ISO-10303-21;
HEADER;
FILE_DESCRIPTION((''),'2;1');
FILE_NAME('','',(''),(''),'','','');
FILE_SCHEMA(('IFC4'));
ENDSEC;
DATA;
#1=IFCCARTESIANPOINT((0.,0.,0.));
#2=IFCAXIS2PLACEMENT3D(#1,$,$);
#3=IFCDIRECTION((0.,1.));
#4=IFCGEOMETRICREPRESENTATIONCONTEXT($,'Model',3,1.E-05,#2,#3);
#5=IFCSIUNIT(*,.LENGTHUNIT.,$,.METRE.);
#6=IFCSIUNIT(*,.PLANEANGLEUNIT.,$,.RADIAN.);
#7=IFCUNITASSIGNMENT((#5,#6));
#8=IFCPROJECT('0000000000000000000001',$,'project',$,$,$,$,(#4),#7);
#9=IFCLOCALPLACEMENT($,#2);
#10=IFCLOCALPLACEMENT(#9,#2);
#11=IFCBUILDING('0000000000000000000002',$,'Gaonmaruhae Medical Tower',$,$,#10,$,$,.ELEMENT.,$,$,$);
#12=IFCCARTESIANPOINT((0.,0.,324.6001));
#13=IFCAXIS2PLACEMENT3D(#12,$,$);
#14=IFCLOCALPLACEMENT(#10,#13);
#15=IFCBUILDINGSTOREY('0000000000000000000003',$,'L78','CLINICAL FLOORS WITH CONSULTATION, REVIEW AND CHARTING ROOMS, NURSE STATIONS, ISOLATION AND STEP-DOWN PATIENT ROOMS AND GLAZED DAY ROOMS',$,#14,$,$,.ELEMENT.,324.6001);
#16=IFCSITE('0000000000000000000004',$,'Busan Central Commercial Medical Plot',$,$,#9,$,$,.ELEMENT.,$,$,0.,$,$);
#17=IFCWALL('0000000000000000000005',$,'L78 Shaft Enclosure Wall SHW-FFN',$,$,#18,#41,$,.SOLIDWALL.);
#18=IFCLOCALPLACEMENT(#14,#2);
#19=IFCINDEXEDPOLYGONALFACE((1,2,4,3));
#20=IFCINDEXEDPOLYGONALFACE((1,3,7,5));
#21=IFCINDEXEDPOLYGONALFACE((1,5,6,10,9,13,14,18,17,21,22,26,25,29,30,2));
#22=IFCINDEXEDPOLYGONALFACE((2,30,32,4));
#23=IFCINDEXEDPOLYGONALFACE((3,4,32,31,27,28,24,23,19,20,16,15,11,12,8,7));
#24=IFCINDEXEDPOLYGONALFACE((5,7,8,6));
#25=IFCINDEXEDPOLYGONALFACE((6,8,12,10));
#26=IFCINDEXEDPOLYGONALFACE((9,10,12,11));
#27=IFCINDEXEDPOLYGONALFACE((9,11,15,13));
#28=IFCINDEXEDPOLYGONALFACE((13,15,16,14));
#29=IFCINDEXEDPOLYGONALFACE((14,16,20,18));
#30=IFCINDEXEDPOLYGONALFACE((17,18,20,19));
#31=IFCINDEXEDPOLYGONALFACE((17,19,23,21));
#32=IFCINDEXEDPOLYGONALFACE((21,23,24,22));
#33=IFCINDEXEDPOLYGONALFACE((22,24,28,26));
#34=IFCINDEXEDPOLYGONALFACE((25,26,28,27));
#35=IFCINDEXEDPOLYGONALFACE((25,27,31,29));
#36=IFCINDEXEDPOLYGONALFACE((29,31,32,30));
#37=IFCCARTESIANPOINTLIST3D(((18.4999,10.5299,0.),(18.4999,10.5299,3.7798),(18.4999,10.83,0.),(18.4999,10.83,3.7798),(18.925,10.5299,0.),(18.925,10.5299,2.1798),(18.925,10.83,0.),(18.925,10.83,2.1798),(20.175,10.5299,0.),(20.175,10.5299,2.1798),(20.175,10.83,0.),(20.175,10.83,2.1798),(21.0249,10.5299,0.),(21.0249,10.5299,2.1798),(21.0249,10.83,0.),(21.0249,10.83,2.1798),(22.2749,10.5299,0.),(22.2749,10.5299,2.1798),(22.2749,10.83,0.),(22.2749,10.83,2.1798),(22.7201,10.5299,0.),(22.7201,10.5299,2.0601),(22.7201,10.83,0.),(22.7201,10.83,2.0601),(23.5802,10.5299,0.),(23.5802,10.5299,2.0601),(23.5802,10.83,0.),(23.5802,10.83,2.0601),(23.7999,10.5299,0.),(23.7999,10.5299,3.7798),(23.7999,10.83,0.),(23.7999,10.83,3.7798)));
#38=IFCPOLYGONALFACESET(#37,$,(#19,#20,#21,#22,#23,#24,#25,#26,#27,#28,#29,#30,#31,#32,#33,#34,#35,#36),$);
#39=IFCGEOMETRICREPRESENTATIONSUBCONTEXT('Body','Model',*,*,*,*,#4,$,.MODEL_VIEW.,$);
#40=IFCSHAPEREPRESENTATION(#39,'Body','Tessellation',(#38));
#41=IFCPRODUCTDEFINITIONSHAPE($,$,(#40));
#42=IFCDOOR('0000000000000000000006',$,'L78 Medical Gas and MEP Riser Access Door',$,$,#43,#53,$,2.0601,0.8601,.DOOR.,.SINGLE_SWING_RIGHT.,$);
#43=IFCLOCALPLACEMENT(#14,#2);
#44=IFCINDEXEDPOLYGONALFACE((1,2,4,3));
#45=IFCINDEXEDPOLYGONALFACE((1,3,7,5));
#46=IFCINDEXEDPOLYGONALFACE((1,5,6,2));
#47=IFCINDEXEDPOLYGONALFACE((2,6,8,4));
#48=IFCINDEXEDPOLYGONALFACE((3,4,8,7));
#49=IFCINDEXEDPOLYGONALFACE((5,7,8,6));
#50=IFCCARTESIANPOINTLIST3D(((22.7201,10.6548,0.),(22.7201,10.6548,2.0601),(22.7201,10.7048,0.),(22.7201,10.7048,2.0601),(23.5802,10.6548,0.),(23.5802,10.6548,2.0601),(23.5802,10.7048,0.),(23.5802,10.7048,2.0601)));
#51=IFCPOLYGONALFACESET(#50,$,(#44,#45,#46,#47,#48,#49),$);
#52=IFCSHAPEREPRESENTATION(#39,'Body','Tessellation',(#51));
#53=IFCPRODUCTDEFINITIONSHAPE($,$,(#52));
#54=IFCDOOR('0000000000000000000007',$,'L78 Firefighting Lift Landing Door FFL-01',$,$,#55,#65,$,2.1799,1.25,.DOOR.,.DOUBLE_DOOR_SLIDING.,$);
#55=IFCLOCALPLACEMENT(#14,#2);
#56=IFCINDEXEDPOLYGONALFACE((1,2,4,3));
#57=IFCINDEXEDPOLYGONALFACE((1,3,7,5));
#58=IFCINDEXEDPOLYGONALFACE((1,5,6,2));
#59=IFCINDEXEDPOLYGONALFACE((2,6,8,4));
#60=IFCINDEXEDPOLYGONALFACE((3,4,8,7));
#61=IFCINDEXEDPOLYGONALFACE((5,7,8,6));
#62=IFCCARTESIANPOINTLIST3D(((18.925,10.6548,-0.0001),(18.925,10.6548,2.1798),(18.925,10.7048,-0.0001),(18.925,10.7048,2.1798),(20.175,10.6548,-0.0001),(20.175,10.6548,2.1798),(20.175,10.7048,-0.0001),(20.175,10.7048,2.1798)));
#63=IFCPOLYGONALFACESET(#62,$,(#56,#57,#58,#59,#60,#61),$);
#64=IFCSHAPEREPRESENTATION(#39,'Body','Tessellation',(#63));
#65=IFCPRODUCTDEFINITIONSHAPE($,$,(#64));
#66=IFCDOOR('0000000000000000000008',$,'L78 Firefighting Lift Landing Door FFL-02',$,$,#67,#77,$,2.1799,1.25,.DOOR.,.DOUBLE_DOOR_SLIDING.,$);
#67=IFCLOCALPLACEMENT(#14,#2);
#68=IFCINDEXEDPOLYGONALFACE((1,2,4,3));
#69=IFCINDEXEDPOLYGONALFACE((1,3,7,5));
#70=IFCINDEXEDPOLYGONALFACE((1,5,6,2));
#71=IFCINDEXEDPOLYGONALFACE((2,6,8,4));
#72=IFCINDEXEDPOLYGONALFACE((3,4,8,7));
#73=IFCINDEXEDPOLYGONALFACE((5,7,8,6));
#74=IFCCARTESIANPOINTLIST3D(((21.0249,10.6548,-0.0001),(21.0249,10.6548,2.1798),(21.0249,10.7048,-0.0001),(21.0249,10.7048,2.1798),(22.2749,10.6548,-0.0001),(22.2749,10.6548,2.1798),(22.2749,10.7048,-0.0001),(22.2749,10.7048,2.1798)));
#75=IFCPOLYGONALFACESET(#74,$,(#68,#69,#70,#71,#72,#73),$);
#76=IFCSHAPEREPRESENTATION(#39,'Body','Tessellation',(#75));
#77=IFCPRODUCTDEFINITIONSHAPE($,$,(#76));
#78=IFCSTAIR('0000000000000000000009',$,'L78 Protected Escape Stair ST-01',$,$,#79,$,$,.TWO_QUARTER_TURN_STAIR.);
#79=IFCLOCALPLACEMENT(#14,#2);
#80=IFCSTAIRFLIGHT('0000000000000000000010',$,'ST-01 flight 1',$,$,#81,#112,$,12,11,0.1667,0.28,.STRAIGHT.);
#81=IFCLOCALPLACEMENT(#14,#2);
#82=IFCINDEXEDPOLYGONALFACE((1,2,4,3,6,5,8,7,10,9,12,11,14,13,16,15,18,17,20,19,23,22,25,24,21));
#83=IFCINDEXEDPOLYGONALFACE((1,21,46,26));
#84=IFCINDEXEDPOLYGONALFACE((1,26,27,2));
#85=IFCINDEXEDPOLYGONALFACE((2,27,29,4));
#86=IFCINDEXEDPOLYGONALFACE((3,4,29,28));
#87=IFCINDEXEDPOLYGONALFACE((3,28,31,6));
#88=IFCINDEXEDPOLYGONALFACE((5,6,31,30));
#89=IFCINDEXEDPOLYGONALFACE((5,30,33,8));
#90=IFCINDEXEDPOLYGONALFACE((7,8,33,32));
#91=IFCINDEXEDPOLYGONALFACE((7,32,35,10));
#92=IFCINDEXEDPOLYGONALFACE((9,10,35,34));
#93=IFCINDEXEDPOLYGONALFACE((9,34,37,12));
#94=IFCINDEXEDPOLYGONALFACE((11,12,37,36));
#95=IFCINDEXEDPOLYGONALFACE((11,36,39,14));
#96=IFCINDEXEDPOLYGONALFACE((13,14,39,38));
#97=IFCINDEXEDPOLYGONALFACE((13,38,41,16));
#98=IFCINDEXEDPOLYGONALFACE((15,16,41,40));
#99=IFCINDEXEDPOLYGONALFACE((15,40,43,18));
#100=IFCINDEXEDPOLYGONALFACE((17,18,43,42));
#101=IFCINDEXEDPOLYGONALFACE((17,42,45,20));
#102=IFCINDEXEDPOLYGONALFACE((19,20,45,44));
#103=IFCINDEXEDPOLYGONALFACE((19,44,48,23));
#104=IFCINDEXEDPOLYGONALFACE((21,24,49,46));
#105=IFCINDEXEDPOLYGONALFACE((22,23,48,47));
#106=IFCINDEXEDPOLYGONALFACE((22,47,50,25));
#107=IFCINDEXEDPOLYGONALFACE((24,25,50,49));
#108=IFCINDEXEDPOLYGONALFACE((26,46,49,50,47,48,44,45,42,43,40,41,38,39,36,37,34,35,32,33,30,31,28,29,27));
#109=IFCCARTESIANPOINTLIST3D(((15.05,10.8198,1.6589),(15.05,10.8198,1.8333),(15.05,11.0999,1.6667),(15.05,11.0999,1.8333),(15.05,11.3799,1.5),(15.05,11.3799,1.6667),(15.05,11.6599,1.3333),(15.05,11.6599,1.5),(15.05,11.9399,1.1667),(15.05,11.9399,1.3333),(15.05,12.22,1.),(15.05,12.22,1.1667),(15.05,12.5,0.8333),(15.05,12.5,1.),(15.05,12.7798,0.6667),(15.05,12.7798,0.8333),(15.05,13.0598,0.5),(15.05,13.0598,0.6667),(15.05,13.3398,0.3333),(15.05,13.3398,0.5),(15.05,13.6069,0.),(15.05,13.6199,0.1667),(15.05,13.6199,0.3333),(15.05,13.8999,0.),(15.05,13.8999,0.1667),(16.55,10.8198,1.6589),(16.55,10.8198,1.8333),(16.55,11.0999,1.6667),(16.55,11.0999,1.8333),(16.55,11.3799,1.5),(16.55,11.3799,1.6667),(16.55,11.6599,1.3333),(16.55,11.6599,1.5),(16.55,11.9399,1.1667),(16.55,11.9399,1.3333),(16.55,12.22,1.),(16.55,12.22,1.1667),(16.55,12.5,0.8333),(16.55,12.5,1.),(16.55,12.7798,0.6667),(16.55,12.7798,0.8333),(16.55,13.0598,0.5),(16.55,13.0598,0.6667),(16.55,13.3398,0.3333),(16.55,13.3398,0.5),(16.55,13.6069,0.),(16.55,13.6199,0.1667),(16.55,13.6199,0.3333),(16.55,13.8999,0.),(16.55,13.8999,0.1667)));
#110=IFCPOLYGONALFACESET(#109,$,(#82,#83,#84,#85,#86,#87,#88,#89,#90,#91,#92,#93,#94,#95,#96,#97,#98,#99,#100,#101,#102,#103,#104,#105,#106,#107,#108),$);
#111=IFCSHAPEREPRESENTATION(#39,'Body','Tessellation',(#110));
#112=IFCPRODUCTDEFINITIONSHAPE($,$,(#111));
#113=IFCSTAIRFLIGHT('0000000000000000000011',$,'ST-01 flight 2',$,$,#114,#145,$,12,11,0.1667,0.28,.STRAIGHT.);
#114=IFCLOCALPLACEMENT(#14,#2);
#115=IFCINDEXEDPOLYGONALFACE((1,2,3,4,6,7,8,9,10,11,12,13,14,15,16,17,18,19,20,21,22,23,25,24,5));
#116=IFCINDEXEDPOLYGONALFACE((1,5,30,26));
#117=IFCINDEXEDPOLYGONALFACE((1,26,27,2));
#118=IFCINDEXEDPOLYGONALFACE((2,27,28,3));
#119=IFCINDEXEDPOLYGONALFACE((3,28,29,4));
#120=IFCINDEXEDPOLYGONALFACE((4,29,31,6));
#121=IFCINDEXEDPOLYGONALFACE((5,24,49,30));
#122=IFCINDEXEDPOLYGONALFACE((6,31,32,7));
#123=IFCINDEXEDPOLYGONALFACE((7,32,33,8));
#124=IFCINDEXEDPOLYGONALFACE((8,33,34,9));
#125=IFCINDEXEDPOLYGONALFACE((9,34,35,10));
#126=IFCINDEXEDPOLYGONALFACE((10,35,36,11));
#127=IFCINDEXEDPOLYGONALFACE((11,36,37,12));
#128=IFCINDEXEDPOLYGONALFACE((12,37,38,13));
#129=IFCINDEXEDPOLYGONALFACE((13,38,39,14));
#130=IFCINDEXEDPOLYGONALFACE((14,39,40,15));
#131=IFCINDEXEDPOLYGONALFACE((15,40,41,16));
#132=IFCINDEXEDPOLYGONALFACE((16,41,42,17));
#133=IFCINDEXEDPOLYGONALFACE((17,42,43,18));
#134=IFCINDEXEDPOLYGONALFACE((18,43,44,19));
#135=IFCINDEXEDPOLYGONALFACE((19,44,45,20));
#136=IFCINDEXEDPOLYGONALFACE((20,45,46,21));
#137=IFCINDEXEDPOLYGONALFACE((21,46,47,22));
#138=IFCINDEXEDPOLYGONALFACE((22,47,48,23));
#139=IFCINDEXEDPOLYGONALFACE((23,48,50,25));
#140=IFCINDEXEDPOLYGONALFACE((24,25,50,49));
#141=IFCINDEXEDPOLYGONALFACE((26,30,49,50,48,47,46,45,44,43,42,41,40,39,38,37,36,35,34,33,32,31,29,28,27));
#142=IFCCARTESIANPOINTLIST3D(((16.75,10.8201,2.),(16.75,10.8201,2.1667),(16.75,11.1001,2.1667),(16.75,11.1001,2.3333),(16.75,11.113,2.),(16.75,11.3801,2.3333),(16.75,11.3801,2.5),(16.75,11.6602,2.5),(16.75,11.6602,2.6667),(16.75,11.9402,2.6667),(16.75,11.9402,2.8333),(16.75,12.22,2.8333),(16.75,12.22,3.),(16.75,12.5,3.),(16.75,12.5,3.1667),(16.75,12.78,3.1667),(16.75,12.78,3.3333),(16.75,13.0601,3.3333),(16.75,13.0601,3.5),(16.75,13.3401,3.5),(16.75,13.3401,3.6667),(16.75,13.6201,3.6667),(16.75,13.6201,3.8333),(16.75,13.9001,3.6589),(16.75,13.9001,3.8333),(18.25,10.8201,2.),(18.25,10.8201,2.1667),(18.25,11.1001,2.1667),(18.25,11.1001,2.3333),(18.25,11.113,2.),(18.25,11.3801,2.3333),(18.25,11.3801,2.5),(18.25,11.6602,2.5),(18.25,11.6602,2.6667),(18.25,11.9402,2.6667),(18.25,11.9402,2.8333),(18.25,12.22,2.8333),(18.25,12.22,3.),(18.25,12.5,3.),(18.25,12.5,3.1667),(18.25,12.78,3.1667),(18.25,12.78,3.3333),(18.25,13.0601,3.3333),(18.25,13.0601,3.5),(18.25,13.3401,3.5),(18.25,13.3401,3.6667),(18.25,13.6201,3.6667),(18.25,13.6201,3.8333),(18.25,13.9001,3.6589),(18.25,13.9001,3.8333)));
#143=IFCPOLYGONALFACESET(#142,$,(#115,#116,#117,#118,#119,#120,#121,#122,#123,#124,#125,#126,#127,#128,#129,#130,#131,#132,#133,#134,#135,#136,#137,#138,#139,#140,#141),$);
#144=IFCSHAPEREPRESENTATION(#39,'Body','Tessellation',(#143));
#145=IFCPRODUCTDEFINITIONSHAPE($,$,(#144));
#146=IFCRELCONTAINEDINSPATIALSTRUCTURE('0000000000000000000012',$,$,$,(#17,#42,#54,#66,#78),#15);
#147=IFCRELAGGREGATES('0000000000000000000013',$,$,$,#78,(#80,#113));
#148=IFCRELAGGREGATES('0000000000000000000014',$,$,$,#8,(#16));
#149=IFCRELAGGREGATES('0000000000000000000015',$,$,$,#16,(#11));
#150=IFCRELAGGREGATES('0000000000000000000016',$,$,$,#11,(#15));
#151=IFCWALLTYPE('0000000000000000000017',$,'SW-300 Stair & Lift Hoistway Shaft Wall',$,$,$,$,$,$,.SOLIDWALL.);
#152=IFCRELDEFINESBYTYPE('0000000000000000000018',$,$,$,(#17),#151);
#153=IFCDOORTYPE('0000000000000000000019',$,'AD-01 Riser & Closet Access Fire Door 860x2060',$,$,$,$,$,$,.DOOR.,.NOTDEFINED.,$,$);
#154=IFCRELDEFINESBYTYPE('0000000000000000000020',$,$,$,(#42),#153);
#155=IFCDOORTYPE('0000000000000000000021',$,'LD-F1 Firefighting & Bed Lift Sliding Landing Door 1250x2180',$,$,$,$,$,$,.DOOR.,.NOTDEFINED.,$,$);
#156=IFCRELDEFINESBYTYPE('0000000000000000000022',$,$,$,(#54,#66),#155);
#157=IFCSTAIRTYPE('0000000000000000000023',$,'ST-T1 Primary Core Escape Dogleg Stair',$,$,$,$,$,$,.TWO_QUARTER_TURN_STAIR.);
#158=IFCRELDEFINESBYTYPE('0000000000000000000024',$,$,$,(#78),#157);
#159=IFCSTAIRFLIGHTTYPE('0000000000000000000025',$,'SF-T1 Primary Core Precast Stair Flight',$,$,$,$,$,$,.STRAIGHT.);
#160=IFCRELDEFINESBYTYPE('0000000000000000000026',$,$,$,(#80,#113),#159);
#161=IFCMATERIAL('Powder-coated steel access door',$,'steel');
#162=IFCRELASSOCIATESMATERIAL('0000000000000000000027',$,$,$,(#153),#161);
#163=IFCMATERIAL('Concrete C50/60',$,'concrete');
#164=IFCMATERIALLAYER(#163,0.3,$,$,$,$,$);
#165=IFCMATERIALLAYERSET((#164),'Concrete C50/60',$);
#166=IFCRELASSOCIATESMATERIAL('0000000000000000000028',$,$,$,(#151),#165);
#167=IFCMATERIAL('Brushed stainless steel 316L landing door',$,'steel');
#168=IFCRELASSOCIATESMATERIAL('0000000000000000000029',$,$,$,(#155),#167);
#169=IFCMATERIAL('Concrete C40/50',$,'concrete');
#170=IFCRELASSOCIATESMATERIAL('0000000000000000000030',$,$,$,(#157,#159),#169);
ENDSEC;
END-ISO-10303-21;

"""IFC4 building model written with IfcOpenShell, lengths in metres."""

from ifc_helpers import new_model, si_unit, direction, frame, frame_2d, origin, place, context, subcontext, project, spatial, polyline, rectangle, outline, extrude, material, layer, layer_set, type_object, element, fill, aggregate, save


model = new_model("IFC4")

# Units and contexts
model_context = context("Model", 3, precision=1e-05, world=origin(), true_north=direction((0.0, 1.0)))
body_context = subcontext(model_context, "Body", "Model", "MODEL_VIEW")
ifc_project = project(units=[si_unit("LENGTHUNIT", "METRE"), si_unit("PLANEANGLEUNIT", "RADIAN")], contexts=[model_context])

# Site, building, storey
site_placement = place(None, origin())
site = spatial("IfcSite", under=ifc_project, at=site_placement, Name="Busan Central Commercial Medical Plot", CompositionType="ELEMENT", RefElevation=0.0)
building_placement = place(site_placement, origin())
building = spatial("IfcBuilding", under=site, at=building_placement, Name="Gaonmaruhae Medical Tower", CompositionType="ELEMENT")
storey_placement = place(building_placement, frame((0.0, 0.0, 324.6001)))
storey = spatial("IfcBuildingStorey", under=building, at=storey_placement, Name="L78", Description="CLINICAL FLOORS WITH CONSULTATION, REVIEW AND CHARTING ROOMS, NURSE STATIONS, ISOLATION AND STEP-DOWN PATIENT ROOMS AND GLAZED DAY ROOMS", CompositionType="ELEMENT", Elevation=324.6001)

# Shared definitions
ifc_material_1 = material(Name="Concrete C50/60", Category="concrete")

# Shared definitions
ifc_material_2 = material(Name="Powder-coated steel access door", Category="steel")
door_type_1 = type_object("IfcDoorType", Name="AD-01 Riser & Closet Access Fire Door 860x2060", OperationType="NOTDEFINED", PredefinedType="DOOR", material=ifc_material_2)

# Wall, openings, doors
ifc_layer_1 = layer(ifc_material_1, 0.3)
ifc_layer_set_1 = layer_set([ifc_layer_1], Name="Concrete C50/60")
wall_type_1 = type_object("IfcWallType", Name="SW-300 Stair & Lift Hoistway Shaft Wall", PredefinedType="SOLIDWALL", material=ifc_layer_set_1)
wall_1_placement = place(storey_placement, frame((18.5, 10.6799, 0.0), z_axis=(0.0, 0.0, 1.0), x_axis=(1.0, 0.0, 0.0)))
wall_1 = element("IfcWall", 1, at=wall_1_placement, inside=storey, type_object=wall_type_1, Name="L78 Shaft Enclosure Wall SHW-FFN", PredefinedType="SOLIDWALL", context=body_context, shape_type="SweptSolid", body=[
    extrude(rectangle(XDim=5.3, YDim=0.3, at=frame_2d((2.6499, 0.0))), origin(), (0.0, 0.0, 1.0), 3.7798),
])
opening_1_placement = place(wall_1_placement, frame((4.22, 0.0, 0.0)))
opening_1 = element("IfcOpeningElement", 2, at=opening_1_placement, cuts=wall_1, PredefinedType="OPENING", context=body_context, shape_type="SweptSolid", body=[
    extrude(rectangle(XDim=0.8601, YDim=2.0601, at=frame_2d((0.4302, 1.03))), frame((0.0, 0.1602, 0.0), z_axis=(0.0, -1.0, 0.0), x_axis=(1.0, 0.0, 0.0)), (0.0, 0.0, 1.0), 0.3201),
])
opening_2_placement = place(wall_1_placement, frame((0.425, 0.0, 0.0)))
opening_2 = element("IfcOpeningElement", 3, at=opening_2_placement, cuts=wall_1, PredefinedType="OPENING", context=body_context, shape_type="SweptSolid", body=[
    extrude(rectangle(XDim=1.25, YDim=2.1799, at=frame_2d((0.625, 1.0898))), frame((0.0, 0.1602, 0.0), z_axis=(0.0, -1.0, 0.0), x_axis=(1.0, 0.0, 0.0)), (0.0, 0.0, 1.0), 0.3201),
])
opening_3_placement = place(wall_1_placement, frame((2.5249, 0.0, 0.0)))
opening_3 = element("IfcOpeningElement", 4, at=opening_3_placement, cuts=wall_1, PredefinedType="OPENING", context=body_context, shape_type="SweptSolid", body=[
    extrude(rectangle(XDim=1.25, YDim=2.1799, at=frame_2d((0.625, 1.0898))), frame((0.0, 0.1602, 0.0), z_axis=(0.0, -1.0, 0.0), x_axis=(1.0, 0.0, 0.0)), (0.0, 0.0, 1.0), 0.3201),
])
door_1_placement = place(opening_1_placement, origin())
door_1 = element("IfcDoor", 5, at=door_1_placement, inside=storey, type_object=door_type_1, Name="L78 Medical Gas and MEP Riser Access Door", OperationType="SINGLE_SWING_RIGHT", OverallHeight=2.0601, OverallWidth=0.8601, PredefinedType="DOOR", context=body_context, shape_type="SweptSolid", body=[
    extrude(rectangle(XDim=0.8601, YDim=2.0601, at=frame_2d((0.4302, 1.03))), frame((0.0, 0.0249, 0.0), z_axis=(0.0, -1.0, 0.0), x_axis=(1.0, 0.0, 0.0)), (0.0, 0.0, 1.0), 0.05),
])
fill(opening_1, door_1)
ifc_material_3 = material(Name="Brushed stainless steel 316L landing door", Category="steel")
door_type_2 = type_object("IfcDoorType", Name="LD-F1 Firefighting & Bed Lift Sliding Landing Door 1250x2180", OperationType="NOTDEFINED", PredefinedType="DOOR", material=ifc_material_3)
door_2_placement = place(opening_2_placement, origin())
door_2 = element("IfcDoor", 6, at=door_2_placement, inside=storey, type_object=door_type_2, Name="L78 Firefighting Lift Landing Door FFL-01", OperationType="DOUBLE_DOOR_SLIDING", OverallHeight=2.1799, OverallWidth=1.25, PredefinedType="DOOR", context=body_context, shape_type="SweptSolid", body=[
    extrude(rectangle(XDim=1.25, YDim=2.1799, at=frame_2d((0.625, 1.0898))), frame((0.0, 0.0249, 0.0), z_axis=(0.0, -1.0, 0.0), x_axis=(1.0, 0.0, 0.0)), (0.0, 0.0, 1.0), 0.05),
])
fill(opening_2, door_2)
door_3_placement = place(opening_3_placement, origin())
door_3 = element("IfcDoor", 7, at=door_3_placement, inside=storey, type_object=door_type_2, Name="L78 Firefighting Lift Landing Door FFL-02", OperationType="DOUBLE_DOOR_SLIDING", OverallHeight=2.1799, OverallWidth=1.25, PredefinedType="DOOR", context=body_context, shape_type="SweptSolid", body=[
    extrude(rectangle(XDim=1.25, YDim=2.1799, at=frame_2d((0.625, 1.0898))), frame((0.0, 0.0249, 0.0), z_axis=(0.0, -1.0, 0.0), x_axis=(1.0, 0.0, 0.0)), (0.0, 0.0, 1.0), 0.05),
])
fill(opening_3, door_3)

# Stair, stair flights
ifc_material_4 = material(Name="Concrete C40/50", Category="concrete")
stair_type = type_object("IfcStairType", Name="ST-T1 Primary Core Escape Dogleg Stair", PredefinedType="TWO_QUARTER_TURN_STAIR", material=ifc_material_4)
stair_placement = place(storey_placement, origin())
stair = element("IfcStair", 8, at=stair_placement, inside=storey, type_object=stair_type, Name="L78 Protected Escape Stair ST-01", PredefinedType="TWO_QUARTER_TURN_STAIR")
stair_flight_type = type_object("IfcStairFlightType", Name="SF-T1 Primary Core Precast Stair Flight", PredefinedType="STRAIGHT", material=ifc_material_4)
stair_flight_1_placement = place(storey_placement, frame((15.8, 13.8999, 0.0), z_axis=(0.0, 0.0, 1.0), x_axis=(0.0, -1.0, 0.0)))
stair_flight_1 = element("IfcStairFlight", 9, at=stair_flight_1_placement, type_object=stair_flight_type, Name="ST-01 flight 1", NumberOfRisers=12, NumberOfTreads=11, PredefinedType="STRAIGHT", RiserHeight=0.1667, TreadLength=0.28, context=body_context, shape_type="SweptSolid", body=[
    extrude(outline(polyline([(0.0, 0.0), (0.0, 0.1667), (0.28, 0.1667), (0.28, 0.3333), (0.5601, 0.3333), (0.5601, 0.5), (0.8401, 0.5), (0.8401, 0.6667), (1.1201, 0.6667), (1.1201, 0.8333), (1.3999, 0.8333), (1.3999, 1.0), (1.6799, 1.0), (1.6799, 1.1667), (1.96, 1.1667), (1.96, 1.3333), (2.24, 1.3333), (2.24, 1.5), (2.52, 1.5), (2.52, 1.6667), (2.8, 1.6667), (2.8, 1.8333), (3.0801, 1.8333), (3.0801, 2.0), (3.0801, 1.6589), (0.293, 0.0), (0.0, 0.0)])), frame((0.0, 0.75, 0.0), z_axis=(0.0, -1.0, 0.0), x_axis=(1.0, 0.0, 0.0)), (0.0, 0.0, 1.0), 1.5),
])
stair_flight_2_placement = place(storey_placement, frame((17.5, 10.8201, 2.0), z_axis=(0.0, 0.0, 1.0), x_axis=(0.0, 1.0, 0.0)))
stair_flight_2 = element("IfcStairFlight", 10, at=stair_flight_2_placement, type_object=stair_flight_type, Name="ST-01 flight 2", NumberOfRisers=12, NumberOfTreads=11, PredefinedType="STRAIGHT", RiserHeight=0.1667, TreadLength=0.28, context=body_context, shape_type="SweptSolid", body=[
    extrude(outline(polyline([(0.0, 0.0), (0.0, 0.1667), (0.28, 0.1667), (0.28, 0.3333), (0.5601, 0.3333), (0.5601, 0.5), (0.8401, 0.5), (0.8401, 0.6667), (1.1201, 0.6667), (1.1201, 0.8333), (1.3999, 0.8333), (1.3999, 1.0), (1.6799, 1.0), (1.6799, 1.1667), (1.96, 1.1667), (1.96, 1.3333), (2.24, 1.3333), (2.24, 1.5), (2.52, 1.5), (2.52, 1.6667), (2.8, 1.6667), (2.8, 1.8333), (3.0801, 1.8333), (3.0801, 2.0), (3.0801, 1.6589), (0.293, 0.0), (0.0, 0.0)])), frame((0.0, 0.75, 0.0), z_axis=(0.0, -1.0, 0.0), x_axis=(1.0, 0.0, 0.0)), (0.0, 0.0, 1.0), 1.5),
])
aggregate(stair, [stair_flight_1, stair_flight_2])

save(model, "model.ifc")
